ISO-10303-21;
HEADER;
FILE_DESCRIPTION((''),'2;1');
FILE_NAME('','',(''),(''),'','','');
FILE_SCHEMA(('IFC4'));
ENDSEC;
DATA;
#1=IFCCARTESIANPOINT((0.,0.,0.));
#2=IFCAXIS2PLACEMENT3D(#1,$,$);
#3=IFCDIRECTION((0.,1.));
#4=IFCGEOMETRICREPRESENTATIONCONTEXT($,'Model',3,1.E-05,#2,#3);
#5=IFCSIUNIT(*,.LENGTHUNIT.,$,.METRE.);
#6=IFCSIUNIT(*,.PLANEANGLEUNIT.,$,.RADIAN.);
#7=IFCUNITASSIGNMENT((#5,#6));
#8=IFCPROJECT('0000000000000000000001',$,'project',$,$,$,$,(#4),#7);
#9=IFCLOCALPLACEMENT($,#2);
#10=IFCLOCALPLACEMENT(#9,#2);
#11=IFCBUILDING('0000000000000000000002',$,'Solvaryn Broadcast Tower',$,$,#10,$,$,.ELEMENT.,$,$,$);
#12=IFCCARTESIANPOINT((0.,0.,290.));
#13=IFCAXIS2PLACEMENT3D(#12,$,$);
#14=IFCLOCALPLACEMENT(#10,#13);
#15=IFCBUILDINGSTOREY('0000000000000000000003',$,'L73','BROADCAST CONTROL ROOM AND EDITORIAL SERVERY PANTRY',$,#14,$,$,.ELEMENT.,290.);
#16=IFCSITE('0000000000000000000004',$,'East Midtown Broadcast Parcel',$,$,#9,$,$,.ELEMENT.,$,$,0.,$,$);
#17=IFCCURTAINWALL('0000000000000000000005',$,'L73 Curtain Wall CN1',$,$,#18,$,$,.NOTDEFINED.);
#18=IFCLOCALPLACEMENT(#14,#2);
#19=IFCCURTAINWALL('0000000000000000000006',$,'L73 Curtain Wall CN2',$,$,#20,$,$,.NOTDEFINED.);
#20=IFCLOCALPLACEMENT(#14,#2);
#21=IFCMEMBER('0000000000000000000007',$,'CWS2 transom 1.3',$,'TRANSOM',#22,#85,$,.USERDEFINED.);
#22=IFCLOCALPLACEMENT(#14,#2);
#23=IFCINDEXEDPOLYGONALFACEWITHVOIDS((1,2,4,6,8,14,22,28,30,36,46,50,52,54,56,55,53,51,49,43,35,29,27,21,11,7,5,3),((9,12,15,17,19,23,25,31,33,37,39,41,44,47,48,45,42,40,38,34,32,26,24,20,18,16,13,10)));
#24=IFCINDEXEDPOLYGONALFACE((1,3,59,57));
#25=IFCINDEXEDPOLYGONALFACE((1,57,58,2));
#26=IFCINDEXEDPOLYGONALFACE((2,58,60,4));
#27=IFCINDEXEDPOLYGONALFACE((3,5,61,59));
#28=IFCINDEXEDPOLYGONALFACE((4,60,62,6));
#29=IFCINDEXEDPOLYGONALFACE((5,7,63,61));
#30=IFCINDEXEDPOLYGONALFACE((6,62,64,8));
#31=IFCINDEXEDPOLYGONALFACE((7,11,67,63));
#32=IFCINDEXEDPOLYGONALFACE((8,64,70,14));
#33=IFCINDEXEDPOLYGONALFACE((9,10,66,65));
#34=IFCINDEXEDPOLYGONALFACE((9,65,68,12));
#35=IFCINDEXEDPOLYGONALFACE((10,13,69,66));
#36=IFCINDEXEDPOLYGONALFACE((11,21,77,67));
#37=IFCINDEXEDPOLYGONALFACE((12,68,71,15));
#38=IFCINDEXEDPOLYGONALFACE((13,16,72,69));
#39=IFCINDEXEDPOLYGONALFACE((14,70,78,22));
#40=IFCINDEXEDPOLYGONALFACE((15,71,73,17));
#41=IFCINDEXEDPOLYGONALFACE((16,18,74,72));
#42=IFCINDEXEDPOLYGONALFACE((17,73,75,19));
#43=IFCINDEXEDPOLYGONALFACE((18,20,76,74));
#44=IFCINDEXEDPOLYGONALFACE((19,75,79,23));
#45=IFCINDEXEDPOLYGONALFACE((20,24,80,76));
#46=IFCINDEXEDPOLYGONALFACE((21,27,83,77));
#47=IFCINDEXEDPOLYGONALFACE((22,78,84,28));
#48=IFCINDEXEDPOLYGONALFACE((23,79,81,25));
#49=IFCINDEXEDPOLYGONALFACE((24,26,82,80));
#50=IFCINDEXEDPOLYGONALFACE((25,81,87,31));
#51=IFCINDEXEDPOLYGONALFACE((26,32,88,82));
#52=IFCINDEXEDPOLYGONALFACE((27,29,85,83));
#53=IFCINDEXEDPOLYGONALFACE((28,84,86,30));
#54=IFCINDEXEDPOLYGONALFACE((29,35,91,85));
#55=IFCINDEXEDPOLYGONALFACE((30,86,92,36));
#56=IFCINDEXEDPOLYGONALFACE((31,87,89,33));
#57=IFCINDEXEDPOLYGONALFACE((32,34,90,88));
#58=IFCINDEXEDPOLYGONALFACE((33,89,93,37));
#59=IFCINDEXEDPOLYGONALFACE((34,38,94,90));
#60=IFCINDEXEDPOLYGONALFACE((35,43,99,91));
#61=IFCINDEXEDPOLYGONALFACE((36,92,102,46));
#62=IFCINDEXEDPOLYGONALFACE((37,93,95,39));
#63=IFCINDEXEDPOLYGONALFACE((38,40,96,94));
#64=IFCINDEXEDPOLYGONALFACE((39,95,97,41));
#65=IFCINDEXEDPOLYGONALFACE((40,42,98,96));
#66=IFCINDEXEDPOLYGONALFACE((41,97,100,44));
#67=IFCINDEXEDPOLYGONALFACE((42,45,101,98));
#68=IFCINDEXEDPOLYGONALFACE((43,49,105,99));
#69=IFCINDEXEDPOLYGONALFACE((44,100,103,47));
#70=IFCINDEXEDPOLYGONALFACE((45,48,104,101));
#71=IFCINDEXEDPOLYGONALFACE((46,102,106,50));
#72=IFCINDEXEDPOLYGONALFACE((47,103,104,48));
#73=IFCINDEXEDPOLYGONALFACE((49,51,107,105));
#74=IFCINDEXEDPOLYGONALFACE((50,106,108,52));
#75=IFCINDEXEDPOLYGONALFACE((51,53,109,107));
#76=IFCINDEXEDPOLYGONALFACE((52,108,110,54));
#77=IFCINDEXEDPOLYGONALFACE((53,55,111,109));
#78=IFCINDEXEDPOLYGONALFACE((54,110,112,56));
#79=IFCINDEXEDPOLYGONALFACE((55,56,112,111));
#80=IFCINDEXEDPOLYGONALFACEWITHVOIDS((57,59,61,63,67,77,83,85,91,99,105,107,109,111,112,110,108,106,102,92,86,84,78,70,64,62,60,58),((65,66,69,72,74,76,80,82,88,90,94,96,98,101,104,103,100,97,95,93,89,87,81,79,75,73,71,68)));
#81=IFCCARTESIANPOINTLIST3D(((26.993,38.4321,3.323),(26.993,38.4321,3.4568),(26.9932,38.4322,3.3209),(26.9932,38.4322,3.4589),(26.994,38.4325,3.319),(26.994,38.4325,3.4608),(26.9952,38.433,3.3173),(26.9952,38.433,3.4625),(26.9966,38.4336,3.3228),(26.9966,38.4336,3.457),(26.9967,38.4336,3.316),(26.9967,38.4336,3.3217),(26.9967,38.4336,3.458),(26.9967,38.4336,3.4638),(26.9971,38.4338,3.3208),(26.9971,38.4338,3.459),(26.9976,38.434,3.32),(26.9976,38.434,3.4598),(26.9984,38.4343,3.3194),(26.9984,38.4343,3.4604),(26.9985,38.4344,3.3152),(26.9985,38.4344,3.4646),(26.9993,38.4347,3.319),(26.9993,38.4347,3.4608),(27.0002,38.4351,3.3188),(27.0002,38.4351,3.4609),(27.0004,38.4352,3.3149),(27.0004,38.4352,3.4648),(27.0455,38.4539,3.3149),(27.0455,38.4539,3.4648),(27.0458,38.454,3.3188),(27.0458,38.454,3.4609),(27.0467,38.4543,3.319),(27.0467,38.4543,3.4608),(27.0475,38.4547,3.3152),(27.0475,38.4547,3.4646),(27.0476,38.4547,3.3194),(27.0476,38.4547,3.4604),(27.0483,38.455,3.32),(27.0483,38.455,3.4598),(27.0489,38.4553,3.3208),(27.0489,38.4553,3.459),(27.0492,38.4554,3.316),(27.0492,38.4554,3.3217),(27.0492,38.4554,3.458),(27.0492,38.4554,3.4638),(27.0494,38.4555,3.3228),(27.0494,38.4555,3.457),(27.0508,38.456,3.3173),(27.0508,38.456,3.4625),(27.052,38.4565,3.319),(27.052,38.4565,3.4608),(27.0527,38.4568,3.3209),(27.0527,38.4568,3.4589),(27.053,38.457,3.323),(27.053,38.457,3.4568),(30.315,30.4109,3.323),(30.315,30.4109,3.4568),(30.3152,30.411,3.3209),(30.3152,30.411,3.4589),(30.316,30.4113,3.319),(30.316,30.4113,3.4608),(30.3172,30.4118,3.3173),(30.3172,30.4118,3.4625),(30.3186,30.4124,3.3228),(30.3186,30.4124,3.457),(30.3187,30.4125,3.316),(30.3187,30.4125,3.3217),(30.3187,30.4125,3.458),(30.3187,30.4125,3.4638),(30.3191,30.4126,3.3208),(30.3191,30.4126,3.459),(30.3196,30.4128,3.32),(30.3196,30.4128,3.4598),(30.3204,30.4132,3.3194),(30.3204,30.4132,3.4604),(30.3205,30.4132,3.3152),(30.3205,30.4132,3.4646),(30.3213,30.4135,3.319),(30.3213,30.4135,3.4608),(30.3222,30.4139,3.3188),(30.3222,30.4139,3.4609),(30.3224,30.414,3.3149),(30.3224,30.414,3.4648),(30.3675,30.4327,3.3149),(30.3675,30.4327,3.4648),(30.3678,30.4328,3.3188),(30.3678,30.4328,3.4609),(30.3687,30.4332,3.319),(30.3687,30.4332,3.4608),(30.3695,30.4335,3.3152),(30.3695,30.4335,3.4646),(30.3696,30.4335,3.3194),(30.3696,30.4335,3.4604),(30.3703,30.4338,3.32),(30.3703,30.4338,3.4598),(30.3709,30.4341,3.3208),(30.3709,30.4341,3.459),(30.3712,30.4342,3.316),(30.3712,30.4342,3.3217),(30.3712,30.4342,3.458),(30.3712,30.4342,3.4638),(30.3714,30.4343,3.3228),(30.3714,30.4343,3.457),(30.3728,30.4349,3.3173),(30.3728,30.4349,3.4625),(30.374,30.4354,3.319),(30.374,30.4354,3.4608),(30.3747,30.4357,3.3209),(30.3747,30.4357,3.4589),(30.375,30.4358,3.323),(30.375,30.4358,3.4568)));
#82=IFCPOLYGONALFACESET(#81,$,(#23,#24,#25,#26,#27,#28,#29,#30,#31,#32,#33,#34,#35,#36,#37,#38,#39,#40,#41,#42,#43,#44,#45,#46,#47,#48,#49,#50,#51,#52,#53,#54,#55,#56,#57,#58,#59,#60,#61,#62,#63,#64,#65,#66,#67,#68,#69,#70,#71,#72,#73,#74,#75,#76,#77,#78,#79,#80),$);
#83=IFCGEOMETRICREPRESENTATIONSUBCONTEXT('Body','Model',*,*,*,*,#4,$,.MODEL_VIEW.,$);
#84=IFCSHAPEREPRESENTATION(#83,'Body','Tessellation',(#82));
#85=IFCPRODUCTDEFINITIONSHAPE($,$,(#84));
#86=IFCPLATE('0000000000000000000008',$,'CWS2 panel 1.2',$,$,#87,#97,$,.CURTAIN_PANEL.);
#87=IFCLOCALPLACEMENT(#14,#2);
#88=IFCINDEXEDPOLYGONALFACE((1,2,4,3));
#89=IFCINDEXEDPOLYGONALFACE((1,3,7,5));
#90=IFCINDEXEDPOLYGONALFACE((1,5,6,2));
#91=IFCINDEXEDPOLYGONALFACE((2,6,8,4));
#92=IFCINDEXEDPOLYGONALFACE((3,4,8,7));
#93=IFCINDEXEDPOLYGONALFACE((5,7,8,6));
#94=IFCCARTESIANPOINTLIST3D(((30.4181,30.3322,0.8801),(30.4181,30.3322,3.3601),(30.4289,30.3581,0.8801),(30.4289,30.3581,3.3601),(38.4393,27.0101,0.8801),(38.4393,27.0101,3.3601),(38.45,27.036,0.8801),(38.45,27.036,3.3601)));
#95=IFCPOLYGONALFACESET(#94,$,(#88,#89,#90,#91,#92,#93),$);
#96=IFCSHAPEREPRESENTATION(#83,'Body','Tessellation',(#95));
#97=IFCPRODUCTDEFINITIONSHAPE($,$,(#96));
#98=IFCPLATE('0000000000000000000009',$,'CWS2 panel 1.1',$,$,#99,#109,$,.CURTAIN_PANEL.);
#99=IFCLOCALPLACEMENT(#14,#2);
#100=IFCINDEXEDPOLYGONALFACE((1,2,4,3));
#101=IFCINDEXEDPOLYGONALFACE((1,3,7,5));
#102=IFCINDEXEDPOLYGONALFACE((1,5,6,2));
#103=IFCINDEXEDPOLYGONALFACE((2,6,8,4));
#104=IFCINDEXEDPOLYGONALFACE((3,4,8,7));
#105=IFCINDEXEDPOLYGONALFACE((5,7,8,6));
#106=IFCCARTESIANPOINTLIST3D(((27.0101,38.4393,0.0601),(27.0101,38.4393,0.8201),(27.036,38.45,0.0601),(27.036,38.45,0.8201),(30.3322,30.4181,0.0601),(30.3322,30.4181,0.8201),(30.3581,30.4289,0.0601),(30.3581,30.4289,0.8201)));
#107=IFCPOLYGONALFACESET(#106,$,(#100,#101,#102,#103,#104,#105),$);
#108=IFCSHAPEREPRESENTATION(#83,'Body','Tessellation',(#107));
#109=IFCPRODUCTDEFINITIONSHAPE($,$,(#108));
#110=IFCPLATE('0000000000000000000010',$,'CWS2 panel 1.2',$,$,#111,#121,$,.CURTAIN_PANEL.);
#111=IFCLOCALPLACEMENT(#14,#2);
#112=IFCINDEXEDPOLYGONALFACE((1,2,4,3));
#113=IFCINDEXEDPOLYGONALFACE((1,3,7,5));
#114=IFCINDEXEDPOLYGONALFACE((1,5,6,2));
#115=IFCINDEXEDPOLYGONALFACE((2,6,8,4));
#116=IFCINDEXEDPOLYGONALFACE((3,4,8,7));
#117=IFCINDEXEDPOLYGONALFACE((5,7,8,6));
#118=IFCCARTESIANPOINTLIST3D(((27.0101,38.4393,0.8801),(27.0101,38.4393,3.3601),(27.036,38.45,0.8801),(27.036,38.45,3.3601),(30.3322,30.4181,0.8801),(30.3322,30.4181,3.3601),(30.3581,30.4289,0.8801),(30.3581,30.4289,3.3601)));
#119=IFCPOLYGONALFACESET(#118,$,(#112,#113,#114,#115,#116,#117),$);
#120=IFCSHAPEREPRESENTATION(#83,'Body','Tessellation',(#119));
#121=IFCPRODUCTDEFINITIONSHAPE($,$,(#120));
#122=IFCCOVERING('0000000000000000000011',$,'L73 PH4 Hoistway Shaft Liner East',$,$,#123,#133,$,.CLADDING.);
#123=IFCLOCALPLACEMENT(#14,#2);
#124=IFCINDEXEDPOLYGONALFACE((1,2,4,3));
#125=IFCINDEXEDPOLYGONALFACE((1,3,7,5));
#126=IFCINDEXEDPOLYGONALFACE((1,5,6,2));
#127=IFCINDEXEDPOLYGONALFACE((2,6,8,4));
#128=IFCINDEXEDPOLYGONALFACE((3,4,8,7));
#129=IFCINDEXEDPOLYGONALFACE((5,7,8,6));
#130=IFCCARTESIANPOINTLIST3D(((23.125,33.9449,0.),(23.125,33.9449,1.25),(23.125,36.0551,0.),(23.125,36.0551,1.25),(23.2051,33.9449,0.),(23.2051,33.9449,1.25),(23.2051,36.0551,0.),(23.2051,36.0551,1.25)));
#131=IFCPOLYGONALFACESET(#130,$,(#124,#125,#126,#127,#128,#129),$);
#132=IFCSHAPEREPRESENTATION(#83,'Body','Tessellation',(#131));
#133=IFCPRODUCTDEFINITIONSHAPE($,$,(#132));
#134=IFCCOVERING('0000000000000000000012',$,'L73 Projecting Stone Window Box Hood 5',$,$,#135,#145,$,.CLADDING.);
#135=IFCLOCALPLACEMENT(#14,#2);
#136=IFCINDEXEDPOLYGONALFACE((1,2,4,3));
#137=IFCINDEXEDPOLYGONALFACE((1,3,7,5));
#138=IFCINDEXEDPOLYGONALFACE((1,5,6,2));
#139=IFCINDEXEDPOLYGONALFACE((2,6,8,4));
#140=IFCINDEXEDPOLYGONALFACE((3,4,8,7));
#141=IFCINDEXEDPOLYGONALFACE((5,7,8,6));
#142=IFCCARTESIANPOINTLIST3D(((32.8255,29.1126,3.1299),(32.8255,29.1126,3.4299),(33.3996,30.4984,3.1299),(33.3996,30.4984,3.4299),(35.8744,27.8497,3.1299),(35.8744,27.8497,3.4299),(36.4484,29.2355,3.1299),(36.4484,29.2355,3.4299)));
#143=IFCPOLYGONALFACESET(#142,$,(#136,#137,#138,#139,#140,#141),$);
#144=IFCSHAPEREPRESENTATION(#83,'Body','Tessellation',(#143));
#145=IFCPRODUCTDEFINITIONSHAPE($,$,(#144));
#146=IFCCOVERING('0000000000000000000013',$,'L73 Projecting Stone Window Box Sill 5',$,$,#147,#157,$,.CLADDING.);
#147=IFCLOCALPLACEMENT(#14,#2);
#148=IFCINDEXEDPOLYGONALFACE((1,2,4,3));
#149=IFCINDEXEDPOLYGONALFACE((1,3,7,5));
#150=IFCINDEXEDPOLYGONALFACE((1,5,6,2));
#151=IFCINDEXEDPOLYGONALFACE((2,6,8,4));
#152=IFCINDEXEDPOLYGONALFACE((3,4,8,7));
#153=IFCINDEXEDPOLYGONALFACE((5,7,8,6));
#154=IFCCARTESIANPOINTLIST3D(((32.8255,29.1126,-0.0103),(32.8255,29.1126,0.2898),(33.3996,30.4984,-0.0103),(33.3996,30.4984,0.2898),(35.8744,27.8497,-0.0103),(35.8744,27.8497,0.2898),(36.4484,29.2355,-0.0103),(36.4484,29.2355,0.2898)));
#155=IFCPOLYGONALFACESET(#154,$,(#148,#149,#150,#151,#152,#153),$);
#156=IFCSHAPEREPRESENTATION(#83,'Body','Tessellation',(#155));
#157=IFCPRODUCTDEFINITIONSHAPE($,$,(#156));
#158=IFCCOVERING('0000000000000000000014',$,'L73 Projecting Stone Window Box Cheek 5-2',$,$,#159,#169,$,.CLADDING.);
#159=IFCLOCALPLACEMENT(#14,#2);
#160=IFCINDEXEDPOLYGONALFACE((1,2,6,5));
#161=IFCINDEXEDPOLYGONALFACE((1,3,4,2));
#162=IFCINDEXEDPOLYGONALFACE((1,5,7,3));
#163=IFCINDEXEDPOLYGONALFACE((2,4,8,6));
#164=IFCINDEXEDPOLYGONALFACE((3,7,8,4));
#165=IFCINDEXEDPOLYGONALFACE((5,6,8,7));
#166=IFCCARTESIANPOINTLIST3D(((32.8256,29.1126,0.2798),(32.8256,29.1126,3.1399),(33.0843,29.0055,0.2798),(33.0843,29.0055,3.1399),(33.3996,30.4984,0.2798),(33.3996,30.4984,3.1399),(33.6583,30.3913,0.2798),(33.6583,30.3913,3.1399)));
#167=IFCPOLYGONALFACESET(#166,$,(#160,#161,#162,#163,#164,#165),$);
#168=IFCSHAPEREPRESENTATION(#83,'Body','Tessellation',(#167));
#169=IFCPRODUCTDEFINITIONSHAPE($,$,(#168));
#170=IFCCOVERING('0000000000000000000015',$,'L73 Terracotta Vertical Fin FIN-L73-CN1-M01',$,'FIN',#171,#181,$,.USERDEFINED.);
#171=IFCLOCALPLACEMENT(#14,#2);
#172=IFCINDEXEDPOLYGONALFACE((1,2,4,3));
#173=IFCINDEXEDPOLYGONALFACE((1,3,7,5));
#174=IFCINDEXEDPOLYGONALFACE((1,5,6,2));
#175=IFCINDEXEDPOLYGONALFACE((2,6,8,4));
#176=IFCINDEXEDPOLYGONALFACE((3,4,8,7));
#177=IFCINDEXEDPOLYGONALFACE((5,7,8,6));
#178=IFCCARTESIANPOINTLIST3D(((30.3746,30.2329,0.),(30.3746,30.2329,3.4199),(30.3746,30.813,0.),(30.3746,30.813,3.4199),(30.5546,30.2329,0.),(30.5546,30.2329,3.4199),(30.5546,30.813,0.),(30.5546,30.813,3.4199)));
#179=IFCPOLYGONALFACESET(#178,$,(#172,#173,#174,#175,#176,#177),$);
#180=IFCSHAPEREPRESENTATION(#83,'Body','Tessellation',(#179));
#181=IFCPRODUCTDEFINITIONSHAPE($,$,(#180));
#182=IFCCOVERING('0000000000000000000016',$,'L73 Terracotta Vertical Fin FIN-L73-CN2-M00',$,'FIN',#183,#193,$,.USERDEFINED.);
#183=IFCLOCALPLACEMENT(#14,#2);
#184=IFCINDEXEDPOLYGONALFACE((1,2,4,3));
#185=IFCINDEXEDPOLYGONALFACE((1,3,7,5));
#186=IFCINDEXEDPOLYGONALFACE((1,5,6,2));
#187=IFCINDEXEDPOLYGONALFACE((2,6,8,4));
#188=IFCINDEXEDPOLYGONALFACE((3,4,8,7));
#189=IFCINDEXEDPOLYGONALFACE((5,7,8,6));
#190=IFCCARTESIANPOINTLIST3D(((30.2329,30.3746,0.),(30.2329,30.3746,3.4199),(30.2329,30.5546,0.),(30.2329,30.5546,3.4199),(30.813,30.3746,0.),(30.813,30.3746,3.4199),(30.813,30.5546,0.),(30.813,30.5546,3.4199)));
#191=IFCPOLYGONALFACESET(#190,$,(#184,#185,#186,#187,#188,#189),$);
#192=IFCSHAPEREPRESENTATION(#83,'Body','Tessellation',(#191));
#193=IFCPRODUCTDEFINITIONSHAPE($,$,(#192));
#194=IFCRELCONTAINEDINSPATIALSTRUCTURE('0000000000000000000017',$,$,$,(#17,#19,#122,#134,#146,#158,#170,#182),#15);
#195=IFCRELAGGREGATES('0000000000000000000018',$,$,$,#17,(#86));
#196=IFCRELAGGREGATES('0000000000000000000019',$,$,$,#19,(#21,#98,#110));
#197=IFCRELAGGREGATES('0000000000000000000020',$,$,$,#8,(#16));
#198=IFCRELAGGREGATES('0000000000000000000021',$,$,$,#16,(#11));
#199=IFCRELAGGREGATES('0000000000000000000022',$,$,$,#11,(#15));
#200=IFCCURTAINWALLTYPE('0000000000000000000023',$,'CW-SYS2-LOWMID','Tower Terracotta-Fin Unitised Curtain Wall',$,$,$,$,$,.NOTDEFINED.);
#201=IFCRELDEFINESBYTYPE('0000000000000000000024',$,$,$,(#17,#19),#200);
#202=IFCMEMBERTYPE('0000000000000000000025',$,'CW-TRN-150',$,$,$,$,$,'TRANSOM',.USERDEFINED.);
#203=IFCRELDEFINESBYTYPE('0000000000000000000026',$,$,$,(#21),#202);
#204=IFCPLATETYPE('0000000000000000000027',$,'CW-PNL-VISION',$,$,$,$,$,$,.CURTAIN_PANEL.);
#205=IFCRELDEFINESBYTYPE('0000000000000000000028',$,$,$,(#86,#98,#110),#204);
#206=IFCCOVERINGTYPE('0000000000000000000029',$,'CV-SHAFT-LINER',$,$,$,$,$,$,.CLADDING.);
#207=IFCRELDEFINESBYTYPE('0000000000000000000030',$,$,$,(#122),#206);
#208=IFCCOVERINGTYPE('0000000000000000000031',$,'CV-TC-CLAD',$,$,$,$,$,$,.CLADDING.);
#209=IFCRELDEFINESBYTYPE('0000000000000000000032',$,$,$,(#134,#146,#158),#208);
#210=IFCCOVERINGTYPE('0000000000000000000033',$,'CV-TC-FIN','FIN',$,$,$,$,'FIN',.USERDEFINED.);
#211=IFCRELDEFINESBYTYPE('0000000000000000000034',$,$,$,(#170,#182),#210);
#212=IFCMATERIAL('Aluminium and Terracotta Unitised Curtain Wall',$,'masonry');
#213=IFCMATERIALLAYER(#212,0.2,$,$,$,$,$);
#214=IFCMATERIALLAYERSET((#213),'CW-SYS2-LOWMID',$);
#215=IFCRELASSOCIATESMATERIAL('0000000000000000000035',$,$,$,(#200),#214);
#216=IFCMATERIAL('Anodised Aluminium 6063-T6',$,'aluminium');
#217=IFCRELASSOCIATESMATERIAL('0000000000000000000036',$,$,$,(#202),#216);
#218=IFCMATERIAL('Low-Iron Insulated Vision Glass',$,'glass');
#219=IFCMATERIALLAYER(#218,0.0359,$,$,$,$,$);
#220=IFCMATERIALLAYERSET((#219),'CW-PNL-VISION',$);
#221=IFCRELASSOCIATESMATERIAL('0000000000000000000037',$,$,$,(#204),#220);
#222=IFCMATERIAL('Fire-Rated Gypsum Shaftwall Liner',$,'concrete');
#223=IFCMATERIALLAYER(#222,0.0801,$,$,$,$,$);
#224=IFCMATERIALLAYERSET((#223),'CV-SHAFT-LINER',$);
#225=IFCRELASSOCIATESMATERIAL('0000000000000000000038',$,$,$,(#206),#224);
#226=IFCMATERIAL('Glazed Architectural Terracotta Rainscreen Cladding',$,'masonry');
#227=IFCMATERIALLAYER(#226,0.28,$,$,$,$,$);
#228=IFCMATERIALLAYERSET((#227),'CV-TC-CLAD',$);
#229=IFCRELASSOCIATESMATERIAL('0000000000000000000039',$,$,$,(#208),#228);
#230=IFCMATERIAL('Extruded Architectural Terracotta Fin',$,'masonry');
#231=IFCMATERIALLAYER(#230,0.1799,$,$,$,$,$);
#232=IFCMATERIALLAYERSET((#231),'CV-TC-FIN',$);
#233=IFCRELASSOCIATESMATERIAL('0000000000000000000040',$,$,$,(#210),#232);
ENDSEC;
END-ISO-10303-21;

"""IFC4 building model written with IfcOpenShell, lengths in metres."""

from ifc_helpers import new_model, si_unit, direction, frame, origin, origin_2d, place, context, subcontext, project, spatial, rectangle, hollow_rectangle, extrude, material, layer, layer_set, material_profile, profile_set, type_object, element, aggregate, save


model = new_model("IFC4")

# Units and contexts
model_context = context("Model", 3, precision=1e-05, world=origin(), true_north=direction((0.0, 1.0)))
body_context = subcontext(model_context, "Body", "Model", "MODEL_VIEW")
ifc_project = project(units=[si_unit("LENGTHUNIT", "METRE"), si_unit("PLANEANGLEUNIT", "RADIAN")], contexts=[model_context])

# Site, building, storey
site_placement = place(None, origin())
site = spatial("IfcSite", under=ifc_project, at=site_placement, Name="East Midtown Broadcast Parcel", CompositionType="ELEMENT", RefElevation=0.0)
building_placement = place(site_placement, origin())
building = spatial("IfcBuilding", under=site, at=building_placement, Name="Solvaryn Broadcast Tower", CompositionType="ELEMENT")
storey_placement = place(building_placement, frame((0.0, 0.0, 290.0)))
storey = spatial("IfcBuildingStorey", under=building, at=storey_placement, Name="L73", Description="BROADCAST CONTROL ROOM AND EDITORIAL SERVERY PANTRY", CompositionType="ELEMENT", Elevation=290.0)

# Curtain wall
ifc_material_1 = material(Name="Aluminium and Terracotta Unitised Curtain Wall", Category="masonry")
ifc_layer_1 = layer(ifc_material_1, 0.2)
ifc_layer_set_1 = layer_set([ifc_layer_1], Name="CW-SYS2-LOWMID")
curtain_wall_type = type_object("IfcCurtainWallType", Name="CW-SYS2-LOWMID", Description="Tower Terracotta-Fin Unitised Curtain Wall", PredefinedType="NOTDEFINED", material=ifc_layer_set_1)
curtain_wall_1_placement = place(storey_placement, origin())
curtain_wall_1 = element("IfcCurtainWall", 1, at=curtain_wall_1_placement, inside=storey, type_object=curtain_wall_type, Name="L73 Curtain Wall CN1", PredefinedType="NOTDEFINED")

# Curtain wall, member
curtain_wall_2_placement = place(storey_placement, origin())
curtain_wall_2 = element("IfcCurtainWall", 2, at=curtain_wall_2_placement, inside=storey, type_object=curtain_wall_type, Name="L73 Curtain Wall CN2", PredefinedType="NOTDEFINED")
ifc_material_2 = material(Name="Anodised Aluminium 6063-T6", Category="aluminium")
ifc_material_profile_1 = material_profile(ifc_material_2, hollow_rectangle(XDim=0.0649, YDim=0.1499, WallThickness=0.0039, InnerFilletRadius=0.0039, OuterFilletRadius=0.0081, at=origin_2d()))
ifc_profile_set_1 = profile_set([ifc_material_profile_1], Name="Anodised Aluminium 6063-T6")
member_type_1 = type_object("IfcMemberType", Name="CW-TRN-150", ElementType="TRANSOM", PredefinedType="USERDEFINED", material=ifc_profile_set_1)
member_1_placement = place(storey_placement, frame((30.345, 30.4233, 3.3899), z_axis=(-0.382636, 0.923899, 0.0), x_axis=(-0.923899, -0.382636, 0.0)))
member_1 = element("IfcMember", 3, at=member_1_placement, type_object=member_type_1, Name="CWS2 transom 1.3", ObjectType="TRANSOM", PredefinedType="USERDEFINED", context=body_context, shape_type="SweptSolid", body=[
    extrude(hollow_rectangle(XDim=0.0649, YDim=0.1499, WallThickness=0.0039, InnerFilletRadius=0.0039, OuterFilletRadius=0.0081, at=origin_2d()), origin(), (0.0, 0.0, 1.0), 8.6819),
])

# Plates
ifc_material_3 = material(Name="Low-Iron Insulated Vision Glass", Category="glass")
ifc_layer_2 = layer(ifc_material_3, 0.0359)
ifc_layer_set_2 = layer_set([ifc_layer_2], Name="CW-PNL-VISION")
plate_type = type_object("IfcPlateType", Name="CW-PNL-VISION", PredefinedType="CURTAIN_PANEL", material=ifc_layer_set_2)
plate_1_placement = place(storey_placement, frame((34.4341, 28.6841, 0.8801), z_axis=(0.0, 0.0, 1.0), x_axis=(-0.923895, 0.382646, 0.0)))
plate_1 = element("IfcPlate", 4, at=plate_1_placement, type_object=plate_type, Name="CWS2 panel 1.2", PredefinedType="CURTAIN_PANEL", context=body_context, shape_type="SweptSolid", body=[
    extrude(rectangle(XDim=8.6819, YDim=0.0281, at=origin_2d()), origin(), (0.0, 0.0, 1.0), 2.48),
])
aggregate(curtain_wall_1, [plate_1])
plate_2_placement = place(storey_placement, frame((28.6841, 34.4341, 0.0601), z_axis=(0.0, 0.0, 1.0), x_axis=(-0.382646, 0.923895, 0.0)))
plate_2 = element("IfcPlate", 5, at=plate_2_placement, type_object=plate_type, Name="CWS2 panel 1.1", PredefinedType="CURTAIN_PANEL", context=body_context, shape_type="SweptSolid", body=[
    extrude(rectangle(XDim=8.6819, YDim=0.0281, at=origin_2d()), origin(), (0.0, 0.0, 1.0), 0.76),
])
plate_3_placement = place(storey_placement, frame((28.6841, 34.4341, 0.8801), z_axis=(0.0, 0.0, 1.0), x_axis=(-0.382646, 0.923895, 0.0)))
plate_3 = element("IfcPlate", 6, at=plate_3_placement, type_object=plate_type, Name="CWS2 panel 1.2", PredefinedType="CURTAIN_PANEL", context=body_context, shape_type="SweptSolid", body=[
    extrude(rectangle(XDim=8.6819, YDim=0.0281, at=origin_2d()), origin(), (0.0, 0.0, 1.0), 2.48),
])
aggregate(curtain_wall_2, [member_1, plate_2, plate_3])

# Coverings
ifc_material_4 = material(Name="Fire-Rated Gypsum Shaftwall Liner", Category="concrete")
ifc_layer_3 = layer(ifc_material_4, 0.0801)
ifc_layer_set_3 = layer_set([ifc_layer_3], Name="CV-SHAFT-LINER")
covering_type_1 = type_object("IfcCoveringType", Name="CV-SHAFT-LINER", PredefinedType="CLADDING", material=ifc_layer_set_3)
covering_1_placement = place(storey_placement, frame((23.165, 35.0, 0.0), z_axis=(0.0, 0.0, 1.0), x_axis=(1.0, 0.0, 0.0)))
element("IfcCovering", 7, at=covering_1_placement, inside=storey, type_object=covering_type_1, Name="L73 PH4 Hoistway Shaft Liner East", PredefinedType="CLADDING", context=body_context, shape_type="SweptSolid", body=[
    extrude(rectangle(XDim=0.0801, YDim=2.1101, at=origin_2d()), origin(), (0.0, 0.0, 1.0), 1.25),
])
ifc_material_5 = material(Name="Glazed Architectural Terracotta Rainscreen Cladding", Category="masonry")
ifc_layer_4 = layer(ifc_material_5, 0.28)
ifc_layer_set_4 = layer_set([ifc_layer_4], Name="CV-TC-CLAD")
covering_type_2 = type_object("IfcCoveringType", Name="CV-TC-CLAD", PredefinedType="CLADDING", material=ifc_layer_set_4)
for number, where, z_axis, x_axis, name in (
    (8, (34.637, 29.1741, 3.1299), (0.0, 0.0, 1.0), (-0.92388, 0.382683, 0.0), "L73 Projecting Stone Window Box Hood 5"),
    (9, (34.637, 29.1741, -0.0103), (0.0, 0.0, 1.0), (-0.92388, 0.382683, 0.0), "L73 Projecting Stone Window Box Sill 5"),
):
    element("IfcCovering", number, at=place(storey_placement, frame(where, z_axis=z_axis, x_axis=x_axis)), inside=storey, type_object=covering_type_2, Name=name, PredefinedType="CLADDING", context=body_context, shape_type="SweptSolid", body=[
        extrude(rectangle(XDim=3.3, YDim=1.5, at=origin_2d()), origin(), (0.0, 0.0, 1.0), 0.3),
    ])
covering_2_placement = place(storey_placement, frame((33.2419, 29.752, 0.2798), z_axis=(0.0, 0.0, 1.0), x_axis=(-0.92388, 0.382683, 0.0)))
element("IfcCovering", 10, at=covering_2_placement, inside=storey, type_object=covering_type_2, Name="L73 Projecting Stone Window Box Cheek 5-2", PredefinedType="CLADDING", context=body_context, shape_type="SweptSolid", body=[
    extrude(rectangle(XDim=0.28, YDim=1.5, at=origin_2d()), origin(), (0.0, 0.0, 1.0), 2.8601),
])
ifc_material_6 = material(Name="Extruded Architectural Terracotta Fin", Category="masonry")
ifc_layer_5 = layer(ifc_material_6, 0.1799)
ifc_layer_set_5 = layer_set([ifc_layer_5], Name="CV-TC-FIN")
covering_type_3 = type_object("IfcCoveringType", Name="CV-TC-FIN", Description="FIN", ElementType="FIN", PredefinedType="USERDEFINED", material=ifc_layer_set_5)
covering_3_placement = place(storey_placement, frame((30.4646, 30.5229, 0.0), z_axis=(0.0, 0.0, 1.0), x_axis=(1.0, 0.0, 0.0)))
element("IfcCovering", 11, at=covering_3_placement, inside=storey, type_object=covering_type_3, Name="L73 Terracotta Vertical Fin FIN-L73-CN1-M01", ObjectType="FIN", PredefinedType="USERDEFINED", context=body_context, shape_type="SweptSolid", body=[
    extrude(rectangle(XDim=0.1799, YDim=0.5801, at=origin_2d()), origin(), (0.0, 0.0, 1.0), 3.4199),
])
covering_4_placement = place(storey_placement, frame((30.5229, 30.4646, 0.0), z_axis=(0.0, 0.0, 1.0), x_axis=(1.0, 0.0, 0.0)))
element("IfcCovering", 12, at=covering_4_placement, inside=storey, type_object=covering_type_3, Name="L73 Terracotta Vertical Fin FIN-L73-CN2-M00", ObjectType="FIN", PredefinedType="USERDEFINED", context=body_context, shape_type="SweptSolid", body=[
    extrude(rectangle(XDim=0.5801, YDim=0.1799, at=origin_2d()), origin(), (0.0, 0.0, 1.0), 3.4199),
])

save(model, "model.ifc")
